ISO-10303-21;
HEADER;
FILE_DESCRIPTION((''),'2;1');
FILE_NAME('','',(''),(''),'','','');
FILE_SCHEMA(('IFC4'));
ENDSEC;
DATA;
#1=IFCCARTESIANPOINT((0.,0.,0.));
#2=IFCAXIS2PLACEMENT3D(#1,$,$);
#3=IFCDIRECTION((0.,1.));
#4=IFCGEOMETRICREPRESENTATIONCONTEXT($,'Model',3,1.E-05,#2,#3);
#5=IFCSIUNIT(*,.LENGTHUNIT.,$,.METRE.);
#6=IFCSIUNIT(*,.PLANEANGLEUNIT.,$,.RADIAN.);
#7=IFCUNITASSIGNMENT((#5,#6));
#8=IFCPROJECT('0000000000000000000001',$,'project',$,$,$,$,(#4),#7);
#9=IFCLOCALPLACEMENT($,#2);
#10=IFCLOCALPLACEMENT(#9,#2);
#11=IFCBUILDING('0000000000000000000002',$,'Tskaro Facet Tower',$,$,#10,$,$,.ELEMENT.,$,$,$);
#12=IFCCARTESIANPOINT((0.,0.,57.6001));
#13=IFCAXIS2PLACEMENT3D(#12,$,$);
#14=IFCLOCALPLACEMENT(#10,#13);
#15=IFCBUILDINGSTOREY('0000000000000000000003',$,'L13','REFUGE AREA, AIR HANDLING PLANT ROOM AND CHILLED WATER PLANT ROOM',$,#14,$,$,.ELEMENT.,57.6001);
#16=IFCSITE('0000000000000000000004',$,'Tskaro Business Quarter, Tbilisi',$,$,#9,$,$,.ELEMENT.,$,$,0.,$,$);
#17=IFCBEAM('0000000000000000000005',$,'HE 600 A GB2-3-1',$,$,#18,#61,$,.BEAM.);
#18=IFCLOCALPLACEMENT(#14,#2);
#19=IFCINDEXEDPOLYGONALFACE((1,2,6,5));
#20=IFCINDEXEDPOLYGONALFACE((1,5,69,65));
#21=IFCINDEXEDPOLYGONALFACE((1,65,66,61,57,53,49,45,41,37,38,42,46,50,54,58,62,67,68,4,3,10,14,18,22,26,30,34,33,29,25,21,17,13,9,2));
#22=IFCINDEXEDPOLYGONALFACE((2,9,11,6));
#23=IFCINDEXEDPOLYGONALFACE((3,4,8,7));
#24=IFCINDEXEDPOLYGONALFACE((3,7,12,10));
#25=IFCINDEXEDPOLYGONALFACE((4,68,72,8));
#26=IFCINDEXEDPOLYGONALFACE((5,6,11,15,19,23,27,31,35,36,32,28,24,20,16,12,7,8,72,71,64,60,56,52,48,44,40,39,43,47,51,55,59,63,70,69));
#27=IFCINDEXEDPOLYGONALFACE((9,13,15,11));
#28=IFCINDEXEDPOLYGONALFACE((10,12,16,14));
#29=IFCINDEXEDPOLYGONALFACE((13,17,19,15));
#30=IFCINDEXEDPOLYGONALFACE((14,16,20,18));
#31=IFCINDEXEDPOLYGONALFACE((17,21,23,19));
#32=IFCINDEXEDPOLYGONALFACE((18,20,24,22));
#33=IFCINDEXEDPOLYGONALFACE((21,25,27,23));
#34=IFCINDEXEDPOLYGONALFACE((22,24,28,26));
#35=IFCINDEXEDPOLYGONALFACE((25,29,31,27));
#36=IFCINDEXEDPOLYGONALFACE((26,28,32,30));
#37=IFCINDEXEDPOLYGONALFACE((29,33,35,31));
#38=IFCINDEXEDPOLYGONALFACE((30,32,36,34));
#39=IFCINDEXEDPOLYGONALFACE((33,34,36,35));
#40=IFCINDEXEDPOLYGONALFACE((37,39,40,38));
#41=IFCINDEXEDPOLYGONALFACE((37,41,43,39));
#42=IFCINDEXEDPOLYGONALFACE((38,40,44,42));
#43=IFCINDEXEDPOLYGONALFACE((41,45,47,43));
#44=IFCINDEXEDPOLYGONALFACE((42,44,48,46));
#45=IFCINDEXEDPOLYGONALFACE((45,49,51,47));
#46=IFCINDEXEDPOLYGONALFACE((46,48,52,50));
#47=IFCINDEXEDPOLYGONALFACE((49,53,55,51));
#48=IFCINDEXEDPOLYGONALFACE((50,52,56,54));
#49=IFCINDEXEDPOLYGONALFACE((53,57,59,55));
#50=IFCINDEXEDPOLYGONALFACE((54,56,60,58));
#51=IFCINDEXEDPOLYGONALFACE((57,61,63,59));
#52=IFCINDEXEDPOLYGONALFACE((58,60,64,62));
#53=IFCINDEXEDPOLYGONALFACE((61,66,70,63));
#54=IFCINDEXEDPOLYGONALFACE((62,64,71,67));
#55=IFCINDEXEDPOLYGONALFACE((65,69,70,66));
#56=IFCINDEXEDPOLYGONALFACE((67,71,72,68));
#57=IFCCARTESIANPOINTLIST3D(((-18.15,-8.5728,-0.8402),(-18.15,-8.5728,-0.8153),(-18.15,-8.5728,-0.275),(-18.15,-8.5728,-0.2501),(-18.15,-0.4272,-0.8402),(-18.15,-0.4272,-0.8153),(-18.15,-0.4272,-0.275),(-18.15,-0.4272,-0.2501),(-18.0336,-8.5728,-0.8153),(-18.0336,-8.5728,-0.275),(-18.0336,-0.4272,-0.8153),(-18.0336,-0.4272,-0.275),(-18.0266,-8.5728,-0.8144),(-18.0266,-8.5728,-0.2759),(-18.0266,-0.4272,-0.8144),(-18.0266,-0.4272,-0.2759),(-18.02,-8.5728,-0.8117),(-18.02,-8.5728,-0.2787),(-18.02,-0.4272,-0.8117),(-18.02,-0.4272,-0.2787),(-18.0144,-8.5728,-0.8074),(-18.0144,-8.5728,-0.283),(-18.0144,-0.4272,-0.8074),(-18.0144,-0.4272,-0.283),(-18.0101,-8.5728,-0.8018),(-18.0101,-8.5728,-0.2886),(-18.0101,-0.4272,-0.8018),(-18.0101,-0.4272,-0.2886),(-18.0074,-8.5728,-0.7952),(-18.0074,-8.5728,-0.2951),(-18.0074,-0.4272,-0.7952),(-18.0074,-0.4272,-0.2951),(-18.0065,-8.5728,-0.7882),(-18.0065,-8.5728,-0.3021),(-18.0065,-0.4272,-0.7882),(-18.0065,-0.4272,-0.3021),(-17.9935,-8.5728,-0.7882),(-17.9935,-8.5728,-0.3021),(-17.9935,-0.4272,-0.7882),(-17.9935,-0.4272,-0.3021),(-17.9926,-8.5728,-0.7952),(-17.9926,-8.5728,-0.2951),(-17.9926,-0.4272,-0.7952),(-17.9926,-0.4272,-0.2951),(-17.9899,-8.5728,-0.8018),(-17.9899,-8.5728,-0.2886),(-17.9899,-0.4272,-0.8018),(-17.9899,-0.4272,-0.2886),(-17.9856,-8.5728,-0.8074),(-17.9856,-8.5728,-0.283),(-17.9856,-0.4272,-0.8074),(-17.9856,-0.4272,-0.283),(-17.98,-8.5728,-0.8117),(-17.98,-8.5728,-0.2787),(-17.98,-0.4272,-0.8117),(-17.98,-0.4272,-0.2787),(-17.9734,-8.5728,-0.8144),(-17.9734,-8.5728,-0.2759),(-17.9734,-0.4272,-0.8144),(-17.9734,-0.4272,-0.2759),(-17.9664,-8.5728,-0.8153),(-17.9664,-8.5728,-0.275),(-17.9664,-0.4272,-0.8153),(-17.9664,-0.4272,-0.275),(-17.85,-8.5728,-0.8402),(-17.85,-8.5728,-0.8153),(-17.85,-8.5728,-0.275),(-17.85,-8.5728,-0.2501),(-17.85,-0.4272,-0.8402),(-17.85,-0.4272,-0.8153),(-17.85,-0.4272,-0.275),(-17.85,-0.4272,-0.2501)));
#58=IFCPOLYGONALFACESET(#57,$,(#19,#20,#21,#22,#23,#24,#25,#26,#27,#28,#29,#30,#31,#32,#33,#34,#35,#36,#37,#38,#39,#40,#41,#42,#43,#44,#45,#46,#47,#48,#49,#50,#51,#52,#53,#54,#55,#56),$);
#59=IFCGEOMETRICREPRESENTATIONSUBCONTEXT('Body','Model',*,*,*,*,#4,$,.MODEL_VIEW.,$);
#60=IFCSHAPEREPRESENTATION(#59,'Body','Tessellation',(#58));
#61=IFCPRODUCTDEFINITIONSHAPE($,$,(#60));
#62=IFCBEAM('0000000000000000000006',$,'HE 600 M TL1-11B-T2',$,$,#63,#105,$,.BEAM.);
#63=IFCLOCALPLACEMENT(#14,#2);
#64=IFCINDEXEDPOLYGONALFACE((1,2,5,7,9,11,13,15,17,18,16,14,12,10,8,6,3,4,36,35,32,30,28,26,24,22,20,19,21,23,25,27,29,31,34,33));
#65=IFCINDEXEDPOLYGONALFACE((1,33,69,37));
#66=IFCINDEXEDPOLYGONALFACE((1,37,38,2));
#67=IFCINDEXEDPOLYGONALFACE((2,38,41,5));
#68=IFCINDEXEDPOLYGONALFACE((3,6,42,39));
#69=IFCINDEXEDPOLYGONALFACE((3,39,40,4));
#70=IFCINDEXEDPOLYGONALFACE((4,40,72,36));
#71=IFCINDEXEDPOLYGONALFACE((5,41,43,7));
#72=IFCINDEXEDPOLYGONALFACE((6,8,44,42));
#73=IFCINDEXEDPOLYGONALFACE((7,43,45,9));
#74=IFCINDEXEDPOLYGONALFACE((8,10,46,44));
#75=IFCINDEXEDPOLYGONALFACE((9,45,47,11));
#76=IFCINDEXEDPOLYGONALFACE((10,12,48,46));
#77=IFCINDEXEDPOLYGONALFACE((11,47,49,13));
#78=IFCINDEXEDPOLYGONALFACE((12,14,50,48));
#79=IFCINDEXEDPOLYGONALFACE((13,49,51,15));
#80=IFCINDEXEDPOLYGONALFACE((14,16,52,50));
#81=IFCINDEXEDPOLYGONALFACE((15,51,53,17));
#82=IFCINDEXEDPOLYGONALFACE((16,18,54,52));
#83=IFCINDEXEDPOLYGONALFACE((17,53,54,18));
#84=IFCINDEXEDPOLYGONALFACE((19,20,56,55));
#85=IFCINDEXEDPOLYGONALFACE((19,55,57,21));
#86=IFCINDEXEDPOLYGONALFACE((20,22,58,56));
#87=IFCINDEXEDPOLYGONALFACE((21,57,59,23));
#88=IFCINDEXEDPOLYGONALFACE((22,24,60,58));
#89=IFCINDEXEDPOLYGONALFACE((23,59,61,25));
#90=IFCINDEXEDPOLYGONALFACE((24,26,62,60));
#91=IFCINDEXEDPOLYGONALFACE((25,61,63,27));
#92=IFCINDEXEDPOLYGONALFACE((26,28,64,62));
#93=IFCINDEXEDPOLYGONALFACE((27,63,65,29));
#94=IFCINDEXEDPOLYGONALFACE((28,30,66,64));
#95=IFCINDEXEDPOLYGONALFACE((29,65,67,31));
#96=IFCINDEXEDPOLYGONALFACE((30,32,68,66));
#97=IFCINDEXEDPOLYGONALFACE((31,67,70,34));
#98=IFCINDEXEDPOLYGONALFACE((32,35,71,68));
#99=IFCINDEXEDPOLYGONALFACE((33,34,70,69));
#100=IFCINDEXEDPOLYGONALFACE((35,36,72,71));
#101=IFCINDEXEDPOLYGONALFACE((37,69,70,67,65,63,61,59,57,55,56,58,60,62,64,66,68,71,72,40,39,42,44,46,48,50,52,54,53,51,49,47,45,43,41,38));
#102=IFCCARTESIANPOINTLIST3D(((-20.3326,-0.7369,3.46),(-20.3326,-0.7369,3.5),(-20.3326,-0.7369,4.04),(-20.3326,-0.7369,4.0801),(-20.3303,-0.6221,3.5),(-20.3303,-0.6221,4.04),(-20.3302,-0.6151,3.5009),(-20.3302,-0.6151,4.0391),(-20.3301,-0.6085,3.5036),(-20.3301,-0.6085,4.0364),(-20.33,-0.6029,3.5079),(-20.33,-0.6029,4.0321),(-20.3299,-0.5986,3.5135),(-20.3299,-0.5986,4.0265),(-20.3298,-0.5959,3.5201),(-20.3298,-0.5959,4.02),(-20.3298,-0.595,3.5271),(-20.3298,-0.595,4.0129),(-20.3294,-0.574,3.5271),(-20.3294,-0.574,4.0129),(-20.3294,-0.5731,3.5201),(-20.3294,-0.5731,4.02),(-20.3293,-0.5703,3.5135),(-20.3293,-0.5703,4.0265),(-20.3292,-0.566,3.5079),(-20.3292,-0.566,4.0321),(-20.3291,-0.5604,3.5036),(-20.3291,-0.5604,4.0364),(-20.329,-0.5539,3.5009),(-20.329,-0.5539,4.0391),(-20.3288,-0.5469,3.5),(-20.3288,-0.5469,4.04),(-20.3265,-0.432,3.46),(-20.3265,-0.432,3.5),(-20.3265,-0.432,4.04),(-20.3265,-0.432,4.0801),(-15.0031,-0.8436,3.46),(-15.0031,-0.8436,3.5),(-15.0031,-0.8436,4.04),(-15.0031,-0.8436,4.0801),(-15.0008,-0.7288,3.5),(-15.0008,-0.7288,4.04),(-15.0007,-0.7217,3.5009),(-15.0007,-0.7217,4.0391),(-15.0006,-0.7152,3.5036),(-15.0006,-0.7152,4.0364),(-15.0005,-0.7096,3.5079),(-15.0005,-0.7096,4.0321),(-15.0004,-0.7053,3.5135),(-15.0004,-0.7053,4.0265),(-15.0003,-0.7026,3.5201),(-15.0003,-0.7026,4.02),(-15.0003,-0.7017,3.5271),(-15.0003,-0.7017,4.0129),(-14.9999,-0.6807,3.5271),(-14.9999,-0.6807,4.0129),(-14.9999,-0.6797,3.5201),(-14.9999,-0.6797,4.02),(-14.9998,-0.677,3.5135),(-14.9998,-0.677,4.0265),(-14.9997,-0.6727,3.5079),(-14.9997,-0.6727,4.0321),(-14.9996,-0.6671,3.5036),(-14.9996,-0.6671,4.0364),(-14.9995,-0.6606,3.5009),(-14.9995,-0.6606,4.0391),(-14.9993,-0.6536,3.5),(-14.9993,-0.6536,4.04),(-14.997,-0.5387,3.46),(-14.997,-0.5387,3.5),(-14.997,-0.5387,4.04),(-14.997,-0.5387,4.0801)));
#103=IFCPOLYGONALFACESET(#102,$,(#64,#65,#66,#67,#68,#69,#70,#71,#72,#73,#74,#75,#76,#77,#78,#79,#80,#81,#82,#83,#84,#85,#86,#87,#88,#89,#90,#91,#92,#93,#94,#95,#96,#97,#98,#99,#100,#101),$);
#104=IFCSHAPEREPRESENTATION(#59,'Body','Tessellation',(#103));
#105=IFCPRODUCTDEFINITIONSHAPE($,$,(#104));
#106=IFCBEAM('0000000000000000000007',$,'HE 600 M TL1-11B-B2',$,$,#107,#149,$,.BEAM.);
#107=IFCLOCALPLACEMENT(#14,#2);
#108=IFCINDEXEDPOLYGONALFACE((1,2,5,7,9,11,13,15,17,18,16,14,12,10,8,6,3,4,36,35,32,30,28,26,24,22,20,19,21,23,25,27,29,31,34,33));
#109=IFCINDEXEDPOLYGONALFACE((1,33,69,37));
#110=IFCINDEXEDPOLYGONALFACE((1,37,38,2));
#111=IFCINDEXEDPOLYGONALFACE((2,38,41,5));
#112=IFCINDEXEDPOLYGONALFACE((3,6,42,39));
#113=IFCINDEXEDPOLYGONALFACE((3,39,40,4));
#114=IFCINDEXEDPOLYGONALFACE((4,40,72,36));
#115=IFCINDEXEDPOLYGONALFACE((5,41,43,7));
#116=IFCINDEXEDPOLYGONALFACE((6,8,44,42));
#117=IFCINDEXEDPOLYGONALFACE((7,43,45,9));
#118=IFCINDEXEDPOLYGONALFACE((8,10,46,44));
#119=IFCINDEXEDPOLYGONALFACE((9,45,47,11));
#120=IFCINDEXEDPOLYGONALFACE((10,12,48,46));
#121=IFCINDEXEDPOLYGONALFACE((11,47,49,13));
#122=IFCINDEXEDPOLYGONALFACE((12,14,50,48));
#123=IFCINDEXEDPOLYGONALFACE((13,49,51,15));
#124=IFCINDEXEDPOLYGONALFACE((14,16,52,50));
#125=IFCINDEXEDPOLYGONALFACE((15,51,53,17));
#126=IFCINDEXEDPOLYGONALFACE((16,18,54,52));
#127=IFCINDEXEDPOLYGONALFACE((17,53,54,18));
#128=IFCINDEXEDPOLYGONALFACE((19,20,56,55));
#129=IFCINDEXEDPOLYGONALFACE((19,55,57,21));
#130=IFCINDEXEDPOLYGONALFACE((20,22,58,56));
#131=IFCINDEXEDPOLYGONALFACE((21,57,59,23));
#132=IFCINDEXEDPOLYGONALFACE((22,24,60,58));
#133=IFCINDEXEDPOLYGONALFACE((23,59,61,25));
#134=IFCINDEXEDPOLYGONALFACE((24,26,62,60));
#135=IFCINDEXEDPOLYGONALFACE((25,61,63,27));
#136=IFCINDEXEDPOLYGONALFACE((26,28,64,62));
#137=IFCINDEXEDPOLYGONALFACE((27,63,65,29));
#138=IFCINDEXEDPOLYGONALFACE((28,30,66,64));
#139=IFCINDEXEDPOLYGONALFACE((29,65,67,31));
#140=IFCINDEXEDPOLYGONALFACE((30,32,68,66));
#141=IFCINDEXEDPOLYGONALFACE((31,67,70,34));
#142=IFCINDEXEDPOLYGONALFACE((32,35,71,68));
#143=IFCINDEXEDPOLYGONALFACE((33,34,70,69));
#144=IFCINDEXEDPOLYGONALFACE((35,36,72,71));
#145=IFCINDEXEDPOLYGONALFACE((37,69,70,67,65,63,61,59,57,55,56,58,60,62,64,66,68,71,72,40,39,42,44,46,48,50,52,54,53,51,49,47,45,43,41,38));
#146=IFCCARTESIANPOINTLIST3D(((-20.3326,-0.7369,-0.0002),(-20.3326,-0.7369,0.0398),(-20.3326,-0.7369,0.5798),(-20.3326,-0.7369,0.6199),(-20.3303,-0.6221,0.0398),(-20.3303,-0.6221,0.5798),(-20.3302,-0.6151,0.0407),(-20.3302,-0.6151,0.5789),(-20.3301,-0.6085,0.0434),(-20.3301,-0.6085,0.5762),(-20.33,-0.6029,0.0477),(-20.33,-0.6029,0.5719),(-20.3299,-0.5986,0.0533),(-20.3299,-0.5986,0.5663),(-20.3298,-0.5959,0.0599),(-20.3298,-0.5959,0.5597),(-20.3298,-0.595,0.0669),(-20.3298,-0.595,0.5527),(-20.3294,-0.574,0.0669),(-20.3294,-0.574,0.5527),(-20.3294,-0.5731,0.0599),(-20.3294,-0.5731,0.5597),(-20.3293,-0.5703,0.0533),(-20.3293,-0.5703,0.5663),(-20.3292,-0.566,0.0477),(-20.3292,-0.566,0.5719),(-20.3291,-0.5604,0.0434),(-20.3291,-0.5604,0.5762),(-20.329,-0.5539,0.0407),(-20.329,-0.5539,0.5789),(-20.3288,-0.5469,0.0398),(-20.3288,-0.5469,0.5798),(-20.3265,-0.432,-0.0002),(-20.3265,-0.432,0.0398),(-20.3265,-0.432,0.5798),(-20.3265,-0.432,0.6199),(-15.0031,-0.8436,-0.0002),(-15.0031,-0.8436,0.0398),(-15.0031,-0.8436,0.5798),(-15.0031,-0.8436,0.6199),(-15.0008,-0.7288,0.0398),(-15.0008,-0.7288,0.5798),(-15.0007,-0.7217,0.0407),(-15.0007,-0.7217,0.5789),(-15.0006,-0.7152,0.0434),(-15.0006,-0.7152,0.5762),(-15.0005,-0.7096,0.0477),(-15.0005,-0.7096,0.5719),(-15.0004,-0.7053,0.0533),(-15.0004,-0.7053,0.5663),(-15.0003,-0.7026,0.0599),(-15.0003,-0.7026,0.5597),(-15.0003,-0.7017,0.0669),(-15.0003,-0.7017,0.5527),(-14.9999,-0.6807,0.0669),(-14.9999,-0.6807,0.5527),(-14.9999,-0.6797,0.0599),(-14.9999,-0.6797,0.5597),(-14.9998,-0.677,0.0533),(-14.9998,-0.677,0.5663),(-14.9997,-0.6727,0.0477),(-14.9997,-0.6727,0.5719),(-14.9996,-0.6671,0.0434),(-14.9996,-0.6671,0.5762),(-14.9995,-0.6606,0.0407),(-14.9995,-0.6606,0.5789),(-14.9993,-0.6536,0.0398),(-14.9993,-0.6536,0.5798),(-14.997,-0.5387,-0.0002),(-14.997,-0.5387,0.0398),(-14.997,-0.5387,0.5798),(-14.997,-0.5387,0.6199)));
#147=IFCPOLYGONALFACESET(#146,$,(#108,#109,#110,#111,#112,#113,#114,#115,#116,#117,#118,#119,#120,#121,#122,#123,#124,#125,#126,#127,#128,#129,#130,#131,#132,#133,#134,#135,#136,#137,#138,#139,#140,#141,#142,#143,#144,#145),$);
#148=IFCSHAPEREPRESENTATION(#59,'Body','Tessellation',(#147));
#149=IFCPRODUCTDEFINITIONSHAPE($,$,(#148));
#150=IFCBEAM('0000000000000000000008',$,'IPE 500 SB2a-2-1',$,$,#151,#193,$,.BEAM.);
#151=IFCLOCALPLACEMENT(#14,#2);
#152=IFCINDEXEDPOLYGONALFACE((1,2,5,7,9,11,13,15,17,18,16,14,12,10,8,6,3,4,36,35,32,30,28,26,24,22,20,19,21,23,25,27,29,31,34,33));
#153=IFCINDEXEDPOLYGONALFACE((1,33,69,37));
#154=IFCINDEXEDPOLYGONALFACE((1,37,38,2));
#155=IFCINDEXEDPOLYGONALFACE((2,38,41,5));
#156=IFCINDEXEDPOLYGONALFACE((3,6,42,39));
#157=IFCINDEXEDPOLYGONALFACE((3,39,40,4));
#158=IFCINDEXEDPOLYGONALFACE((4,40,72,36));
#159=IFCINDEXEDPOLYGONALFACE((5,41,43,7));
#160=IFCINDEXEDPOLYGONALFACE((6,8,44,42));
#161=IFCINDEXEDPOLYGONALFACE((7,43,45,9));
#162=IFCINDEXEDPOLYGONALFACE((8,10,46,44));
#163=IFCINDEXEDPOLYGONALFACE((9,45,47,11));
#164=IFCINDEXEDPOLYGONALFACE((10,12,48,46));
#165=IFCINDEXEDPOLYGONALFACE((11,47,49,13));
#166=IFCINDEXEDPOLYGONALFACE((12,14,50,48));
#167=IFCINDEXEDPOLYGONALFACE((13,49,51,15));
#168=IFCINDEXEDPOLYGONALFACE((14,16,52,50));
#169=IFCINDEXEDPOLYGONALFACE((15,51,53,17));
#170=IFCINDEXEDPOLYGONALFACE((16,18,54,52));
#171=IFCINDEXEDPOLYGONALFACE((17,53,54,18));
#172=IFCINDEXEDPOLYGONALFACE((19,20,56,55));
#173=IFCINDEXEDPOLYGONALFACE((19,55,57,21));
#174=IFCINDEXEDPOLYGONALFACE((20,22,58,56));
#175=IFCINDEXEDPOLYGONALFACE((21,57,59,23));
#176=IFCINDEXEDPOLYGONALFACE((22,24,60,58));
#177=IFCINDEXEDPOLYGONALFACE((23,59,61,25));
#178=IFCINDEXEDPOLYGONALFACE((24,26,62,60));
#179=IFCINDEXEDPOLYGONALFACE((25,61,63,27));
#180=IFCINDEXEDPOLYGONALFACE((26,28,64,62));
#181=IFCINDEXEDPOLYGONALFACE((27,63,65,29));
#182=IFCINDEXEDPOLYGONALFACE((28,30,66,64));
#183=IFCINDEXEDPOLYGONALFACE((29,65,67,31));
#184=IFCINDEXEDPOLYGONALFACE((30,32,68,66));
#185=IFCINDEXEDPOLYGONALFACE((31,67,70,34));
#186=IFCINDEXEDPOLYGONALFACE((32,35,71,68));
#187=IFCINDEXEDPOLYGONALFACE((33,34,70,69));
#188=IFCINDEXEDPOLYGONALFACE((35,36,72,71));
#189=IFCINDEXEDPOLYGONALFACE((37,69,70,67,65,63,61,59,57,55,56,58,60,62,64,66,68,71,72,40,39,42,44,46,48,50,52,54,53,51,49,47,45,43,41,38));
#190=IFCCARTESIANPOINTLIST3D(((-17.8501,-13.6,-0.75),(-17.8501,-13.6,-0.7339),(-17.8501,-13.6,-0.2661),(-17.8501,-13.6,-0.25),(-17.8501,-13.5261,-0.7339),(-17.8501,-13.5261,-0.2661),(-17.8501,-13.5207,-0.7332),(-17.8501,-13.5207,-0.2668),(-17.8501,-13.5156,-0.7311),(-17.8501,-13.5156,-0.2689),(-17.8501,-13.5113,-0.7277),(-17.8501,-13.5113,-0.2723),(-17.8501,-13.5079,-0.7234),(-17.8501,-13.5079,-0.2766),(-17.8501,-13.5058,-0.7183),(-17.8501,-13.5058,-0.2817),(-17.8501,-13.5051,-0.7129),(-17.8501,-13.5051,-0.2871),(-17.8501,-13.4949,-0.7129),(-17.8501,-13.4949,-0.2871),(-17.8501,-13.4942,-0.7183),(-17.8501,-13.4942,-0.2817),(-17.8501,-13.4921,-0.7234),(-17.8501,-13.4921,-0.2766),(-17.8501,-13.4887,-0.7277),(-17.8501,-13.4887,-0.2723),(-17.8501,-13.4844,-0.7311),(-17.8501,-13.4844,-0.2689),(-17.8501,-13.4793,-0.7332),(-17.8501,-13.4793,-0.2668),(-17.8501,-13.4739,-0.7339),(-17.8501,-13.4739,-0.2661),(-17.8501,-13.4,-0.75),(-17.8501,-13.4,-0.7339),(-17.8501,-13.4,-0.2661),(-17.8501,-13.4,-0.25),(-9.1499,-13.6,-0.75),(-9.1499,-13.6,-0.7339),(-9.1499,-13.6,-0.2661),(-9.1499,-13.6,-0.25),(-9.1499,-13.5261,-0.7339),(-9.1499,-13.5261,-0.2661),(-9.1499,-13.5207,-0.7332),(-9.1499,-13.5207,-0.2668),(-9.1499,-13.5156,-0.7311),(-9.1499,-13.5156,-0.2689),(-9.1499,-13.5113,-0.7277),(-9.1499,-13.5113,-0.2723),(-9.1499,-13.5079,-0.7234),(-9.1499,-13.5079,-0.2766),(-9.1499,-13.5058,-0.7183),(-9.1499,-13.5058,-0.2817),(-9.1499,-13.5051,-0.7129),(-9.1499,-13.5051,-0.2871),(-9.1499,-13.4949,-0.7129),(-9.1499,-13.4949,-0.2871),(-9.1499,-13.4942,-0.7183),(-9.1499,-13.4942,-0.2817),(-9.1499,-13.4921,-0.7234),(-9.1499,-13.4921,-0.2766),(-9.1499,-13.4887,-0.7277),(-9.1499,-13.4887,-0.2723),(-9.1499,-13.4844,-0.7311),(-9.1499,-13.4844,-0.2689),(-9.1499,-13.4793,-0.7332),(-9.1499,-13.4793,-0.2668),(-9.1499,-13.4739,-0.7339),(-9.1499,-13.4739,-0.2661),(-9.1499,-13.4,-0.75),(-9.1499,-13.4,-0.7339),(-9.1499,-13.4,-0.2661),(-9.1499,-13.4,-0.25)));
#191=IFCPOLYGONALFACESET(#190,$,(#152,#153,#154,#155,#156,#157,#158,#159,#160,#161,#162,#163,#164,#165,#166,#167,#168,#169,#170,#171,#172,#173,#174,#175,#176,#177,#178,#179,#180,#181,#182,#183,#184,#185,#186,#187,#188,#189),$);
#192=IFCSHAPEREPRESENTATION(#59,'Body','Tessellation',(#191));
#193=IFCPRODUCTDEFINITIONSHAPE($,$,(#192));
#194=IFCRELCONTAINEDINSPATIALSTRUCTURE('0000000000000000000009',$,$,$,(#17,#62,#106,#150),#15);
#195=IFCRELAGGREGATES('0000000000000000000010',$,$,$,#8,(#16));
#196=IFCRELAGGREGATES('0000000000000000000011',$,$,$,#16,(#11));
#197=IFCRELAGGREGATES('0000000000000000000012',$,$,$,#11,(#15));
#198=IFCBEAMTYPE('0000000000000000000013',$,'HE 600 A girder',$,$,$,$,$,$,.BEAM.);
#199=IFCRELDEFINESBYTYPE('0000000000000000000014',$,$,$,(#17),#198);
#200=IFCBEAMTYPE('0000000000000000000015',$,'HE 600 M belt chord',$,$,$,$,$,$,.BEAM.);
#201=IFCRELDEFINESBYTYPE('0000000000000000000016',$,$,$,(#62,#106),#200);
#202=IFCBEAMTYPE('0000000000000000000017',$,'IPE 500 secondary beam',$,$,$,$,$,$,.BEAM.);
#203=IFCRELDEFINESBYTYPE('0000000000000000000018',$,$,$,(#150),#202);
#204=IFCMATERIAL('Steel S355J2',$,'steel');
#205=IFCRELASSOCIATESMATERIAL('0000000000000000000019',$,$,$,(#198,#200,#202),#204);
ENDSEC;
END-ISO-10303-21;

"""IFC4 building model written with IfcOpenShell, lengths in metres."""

from ifc_helpers import new_model, si_unit, direction, frame, origin, origin_2d, place, context, subcontext, project, spatial, i_section, extrude, material, material_profile, profile_set, type_object, element, save


model = new_model("IFC4")

# Units and contexts
model_context = context("Model", 3, precision=1e-05, world=origin(), true_north=direction((0.0, 1.0)))
body_context = subcontext(model_context, "Body", "Model", "MODEL_VIEW")
ifc_project = project(units=[si_unit("LENGTHUNIT", "METRE"), si_unit("PLANEANGLEUNIT", "RADIAN")], contexts=[model_context])

# Site, building, storey
site_placement = place(None, origin())
site = spatial("IfcSite", under=ifc_project, at=site_placement, Name="Tskaro Business Quarter, Tbilisi", CompositionType="ELEMENT", RefElevation=0.0)
building_placement = place(site_placement, origin())
building = spatial("IfcBuilding", under=site, at=building_placement, Name="Tskaro Facet Tower", CompositionType="ELEMENT")
storey_placement = place(building_placement, frame((0.0, 0.0, 57.6001)))
storey = spatial("IfcBuildingStorey", under=building, at=storey_placement, Name="L13", Description="REFUGE AREA, AIR HANDLING PLANT ROOM AND CHILLED WATER PLANT ROOM", CompositionType="ELEMENT", Elevation=57.6001)

# Shared definitions
ifc_material_1 = material(Name="Steel S355J2", Category="steel")

# Beams
ifc_material_profile_1 = material_profile(ifc_material_1, i_section(OverallWidth=0.3, OverallDepth=0.5901, WebThickness=0.0129, FlangeThickness=0.0249, FilletRadius=0.0271, at=origin_2d()), Name="HE 600 A")
ifc_profile_set_1 = profile_set([ifc_material_profile_1], Name="Steel S355J2")
beam_type_1 = type_object("IfcBeamType", Name="HE 600 A girder", PredefinedType="BEAM", material=ifc_profile_set_1)
beam_1_placement = place(storey_placement, frame((-18.0, -8.5728, -0.5452), z_axis=(0.0, 1.0, 0.0), x_axis=(-1.0, 0.0, 0.0)))
element("IfcBeam", 1, at=beam_1_placement, inside=storey, type_object=beam_type_1, Name="HE 600 A GB2-3-1", PredefinedType="BEAM", context=body_context, shape_type="SweptSolid", body=[
    extrude(i_section(OverallWidth=0.3, OverallDepth=0.5901, WebThickness=0.0129, FlangeThickness=0.0249, FilletRadius=0.0271, at=origin_2d()), origin(), (0.0, 0.0, 1.0), 8.1455),
])
ifc_material_profile_2 = material_profile(ifc_material_1, i_section(OverallWidth=0.3049, OverallDepth=0.6201, WebThickness=0.021, FlangeThickness=0.04, FilletRadius=0.0271, at=origin_2d()), Name="HE 600 M")
ifc_profile_set_2 = profile_set([ifc_material_profile_2], Name="Steel S355J2")
beam_type_2 = type_object("IfcBeamType", Name="HE 600 M belt chord", PredefinedType="BEAM", material=ifc_profile_set_2)
for number, where, z_axis, x_axis, name in (
    (2, (-20.3296, -0.5845, 3.77), (0.9998, -0.020014, 0.0), (0.020014, 0.9998, 0.0), "HE 600 M TL1-11B-T2"),
    (3, (-20.3296, -0.5845, 0.3098), (0.9998, -0.020014, 0.0), (0.020014, 0.9998, 0.0), "HE 600 M TL1-11B-B2"),
):
    element("IfcBeam", number, at=place(storey_placement, frame(where, z_axis=z_axis, x_axis=x_axis)), inside=storey, type_object=beam_type_2, Name=name, PredefinedType="BEAM", context=body_context, shape_type="SweptSolid", body=[
        extrude(i_section(OverallWidth=0.3049, OverallDepth=0.6201, WebThickness=0.021, FlangeThickness=0.04, FilletRadius=0.0271, at=origin_2d()), origin(), (0.0, 0.0, 1.0), 5.3306),
    ])
ifc_material_profile_3 = material_profile(ifc_material_1, i_section(OverallWidth=0.2, OverallDepth=0.5, WebThickness=0.0103, FlangeThickness=0.0161, FilletRadius=0.021, at=origin_2d()), Name="IPE 500")
ifc_profile_set_3 = profile_set([ifc_material_profile_3], Name="Steel S355J2")
beam_type_3 = type_object("IfcBeamType", Name="IPE 500 secondary beam", PredefinedType="BEAM", material=ifc_profile_set_3)
beam_2_placement = place(storey_placement, frame((-17.8501, -13.5, -0.5), z_axis=(1.0, 0.0, 0.0), x_axis=(0.0, 1.0, 0.0)))
element("IfcBeam", 4, at=beam_2_placement, inside=storey, type_object=beam_type_3, Name="IPE 500 SB2a-2-1", PredefinedType="BEAM", context=body_context, shape_type="SweptSolid", body=[
    extrude(i_section(OverallWidth=0.2, OverallDepth=0.5, WebThickness=0.0103, FlangeThickness=0.0161, FilletRadius=0.021, at=origin_2d()), origin(), (0.0, 0.0, 1.0), 8.7002),
])

save(model, "model.ifc")
